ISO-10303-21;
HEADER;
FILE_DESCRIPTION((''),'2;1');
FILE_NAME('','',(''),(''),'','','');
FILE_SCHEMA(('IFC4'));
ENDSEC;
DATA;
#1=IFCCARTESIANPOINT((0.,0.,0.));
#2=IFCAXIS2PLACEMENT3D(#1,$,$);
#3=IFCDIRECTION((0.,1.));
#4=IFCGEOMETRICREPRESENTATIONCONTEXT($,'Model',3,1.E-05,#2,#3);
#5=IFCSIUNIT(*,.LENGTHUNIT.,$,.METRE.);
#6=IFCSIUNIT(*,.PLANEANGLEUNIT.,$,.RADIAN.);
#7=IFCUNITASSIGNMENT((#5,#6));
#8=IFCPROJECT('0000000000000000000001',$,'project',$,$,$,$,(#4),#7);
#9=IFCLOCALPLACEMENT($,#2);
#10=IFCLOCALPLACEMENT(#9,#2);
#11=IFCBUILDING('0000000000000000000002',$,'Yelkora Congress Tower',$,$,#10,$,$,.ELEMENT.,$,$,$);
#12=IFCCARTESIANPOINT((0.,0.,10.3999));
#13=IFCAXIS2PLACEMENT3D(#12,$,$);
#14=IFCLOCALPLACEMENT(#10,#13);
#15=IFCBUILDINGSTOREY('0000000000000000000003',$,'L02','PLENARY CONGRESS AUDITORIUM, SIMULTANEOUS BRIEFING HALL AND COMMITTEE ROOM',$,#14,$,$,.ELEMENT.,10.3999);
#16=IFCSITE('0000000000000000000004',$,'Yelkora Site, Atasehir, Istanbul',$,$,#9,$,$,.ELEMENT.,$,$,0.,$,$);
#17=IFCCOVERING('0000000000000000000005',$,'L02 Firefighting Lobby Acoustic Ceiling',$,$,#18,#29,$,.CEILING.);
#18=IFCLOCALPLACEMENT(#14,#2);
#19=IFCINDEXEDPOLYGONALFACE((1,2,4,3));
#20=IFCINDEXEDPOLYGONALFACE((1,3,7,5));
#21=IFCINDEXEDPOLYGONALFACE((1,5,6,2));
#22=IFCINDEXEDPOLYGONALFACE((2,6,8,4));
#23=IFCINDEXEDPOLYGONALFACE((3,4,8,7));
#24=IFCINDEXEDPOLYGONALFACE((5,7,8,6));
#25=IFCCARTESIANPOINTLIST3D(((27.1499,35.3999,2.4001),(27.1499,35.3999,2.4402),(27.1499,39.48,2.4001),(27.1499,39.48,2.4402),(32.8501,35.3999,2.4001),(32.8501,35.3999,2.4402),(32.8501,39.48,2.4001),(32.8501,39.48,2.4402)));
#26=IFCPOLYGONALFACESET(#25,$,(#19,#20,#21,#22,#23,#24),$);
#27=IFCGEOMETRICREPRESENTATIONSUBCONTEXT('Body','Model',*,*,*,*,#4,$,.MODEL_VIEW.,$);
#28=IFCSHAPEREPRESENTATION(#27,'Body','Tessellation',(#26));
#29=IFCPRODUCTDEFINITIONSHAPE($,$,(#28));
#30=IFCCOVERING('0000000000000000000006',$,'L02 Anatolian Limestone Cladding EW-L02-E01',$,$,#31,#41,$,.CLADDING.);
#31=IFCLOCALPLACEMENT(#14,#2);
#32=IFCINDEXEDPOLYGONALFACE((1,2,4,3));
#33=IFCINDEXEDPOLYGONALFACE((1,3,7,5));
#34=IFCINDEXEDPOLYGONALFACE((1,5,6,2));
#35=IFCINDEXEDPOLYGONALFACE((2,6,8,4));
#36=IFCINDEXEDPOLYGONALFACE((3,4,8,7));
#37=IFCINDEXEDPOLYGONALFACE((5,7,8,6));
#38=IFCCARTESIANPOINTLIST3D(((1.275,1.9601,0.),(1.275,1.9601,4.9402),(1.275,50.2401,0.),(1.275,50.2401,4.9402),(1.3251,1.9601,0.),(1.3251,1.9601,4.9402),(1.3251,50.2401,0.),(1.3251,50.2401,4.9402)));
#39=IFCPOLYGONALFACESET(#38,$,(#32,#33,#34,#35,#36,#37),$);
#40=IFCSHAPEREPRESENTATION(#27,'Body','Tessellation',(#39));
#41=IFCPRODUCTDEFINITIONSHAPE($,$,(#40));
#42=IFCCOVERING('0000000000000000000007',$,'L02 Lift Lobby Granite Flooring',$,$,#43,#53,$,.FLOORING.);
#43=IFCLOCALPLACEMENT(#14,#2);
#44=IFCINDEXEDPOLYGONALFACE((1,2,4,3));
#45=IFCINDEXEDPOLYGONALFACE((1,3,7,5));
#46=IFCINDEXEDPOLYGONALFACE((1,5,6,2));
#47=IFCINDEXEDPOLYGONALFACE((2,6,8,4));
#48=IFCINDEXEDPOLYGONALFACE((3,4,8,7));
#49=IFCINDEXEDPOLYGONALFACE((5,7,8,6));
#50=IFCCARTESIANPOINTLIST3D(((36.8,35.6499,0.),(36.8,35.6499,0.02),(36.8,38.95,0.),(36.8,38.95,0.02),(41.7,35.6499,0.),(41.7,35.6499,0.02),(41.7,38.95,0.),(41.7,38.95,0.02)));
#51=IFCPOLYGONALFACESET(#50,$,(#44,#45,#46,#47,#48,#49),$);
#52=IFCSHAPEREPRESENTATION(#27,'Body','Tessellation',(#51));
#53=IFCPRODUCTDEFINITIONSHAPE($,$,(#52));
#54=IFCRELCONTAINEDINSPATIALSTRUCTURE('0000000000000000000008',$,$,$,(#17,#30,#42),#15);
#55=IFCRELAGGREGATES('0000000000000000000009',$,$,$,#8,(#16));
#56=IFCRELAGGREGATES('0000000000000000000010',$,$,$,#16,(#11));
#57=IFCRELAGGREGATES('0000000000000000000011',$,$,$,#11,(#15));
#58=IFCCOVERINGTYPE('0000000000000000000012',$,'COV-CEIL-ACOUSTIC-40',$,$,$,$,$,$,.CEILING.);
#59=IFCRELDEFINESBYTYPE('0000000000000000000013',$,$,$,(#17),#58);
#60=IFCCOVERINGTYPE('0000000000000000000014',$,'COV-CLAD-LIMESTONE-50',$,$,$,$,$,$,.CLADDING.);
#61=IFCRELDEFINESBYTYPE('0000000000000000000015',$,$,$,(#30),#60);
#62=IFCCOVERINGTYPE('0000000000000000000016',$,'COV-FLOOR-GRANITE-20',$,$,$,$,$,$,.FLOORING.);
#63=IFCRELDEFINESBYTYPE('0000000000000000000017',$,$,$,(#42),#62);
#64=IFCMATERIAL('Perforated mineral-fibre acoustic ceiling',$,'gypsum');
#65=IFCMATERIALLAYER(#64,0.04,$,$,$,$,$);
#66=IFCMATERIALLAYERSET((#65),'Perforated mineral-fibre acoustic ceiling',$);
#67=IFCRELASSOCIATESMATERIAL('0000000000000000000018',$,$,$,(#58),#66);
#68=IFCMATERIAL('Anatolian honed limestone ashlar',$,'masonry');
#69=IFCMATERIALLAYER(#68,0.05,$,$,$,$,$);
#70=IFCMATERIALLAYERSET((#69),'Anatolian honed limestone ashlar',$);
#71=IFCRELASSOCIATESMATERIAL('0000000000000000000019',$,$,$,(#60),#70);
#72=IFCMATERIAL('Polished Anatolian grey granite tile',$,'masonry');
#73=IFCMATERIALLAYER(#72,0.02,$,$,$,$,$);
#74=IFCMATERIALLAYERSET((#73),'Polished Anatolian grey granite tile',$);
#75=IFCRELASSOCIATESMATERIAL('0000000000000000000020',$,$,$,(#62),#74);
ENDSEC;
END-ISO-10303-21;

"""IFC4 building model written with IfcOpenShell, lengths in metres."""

from ifc_helpers import new_model, si_unit, direction, frame, frame_2d, origin, place, context, subcontext, project, spatial, polyline, rectangle, outline, extrude, material, layer, layer_set, type_object, element, save


model = new_model("IFC4")

# Units and contexts
model_context = context("Model", 3, precision=1e-05, world=origin(), true_north=direction((0.0, 1.0)))
body_context = subcontext(model_context, "Body", "Model", "MODEL_VIEW")
ifc_project = project(units=[si_unit("LENGTHUNIT", "METRE"), si_unit("PLANEANGLEUNIT", "RADIAN")], contexts=[model_context])

# Site, building, storey
site_placement = place(None, origin())
site = spatial("IfcSite", under=ifc_project, at=site_placement, Name="Yelkora Site, Atasehir, Istanbul", CompositionType="ELEMENT", RefElevation=0.0)
building_placement = place(site_placement, origin())
building = spatial("IfcBuilding", under=site, at=building_placement, Name="Yelkora Congress Tower", CompositionType="ELEMENT")
storey_placement = place(building_placement, frame((0.0, 0.0, 10.3999)))
storey = spatial("IfcBuildingStorey", under=building, at=storey_placement, Name="L02", Description="PLENARY CONGRESS AUDITORIUM, SIMULTANEOUS BRIEFING HALL AND COMMITTEE ROOM", CompositionType="ELEMENT", Elevation=10.3999)

# Coverings
ifc_material_1 = material(Name="Perforated mineral-fibre acoustic ceiling", Category="gypsum")
ifc_layer_1 = layer(ifc_material_1, 0.04)
ifc_layer_set_1 = layer_set([ifc_layer_1], Name="Perforated mineral-fibre acoustic ceiling")
covering_type_1 = type_object("IfcCoveringType", Name="COV-CEIL-ACOUSTIC-40", PredefinedType="CEILING", material=ifc_layer_set_1)
covering_1_placement = place(storey_placement, frame((0.0, 0.0, 2.4001)))
element("IfcCovering", 1, at=covering_1_placement, inside=storey, type_object=covering_type_1, Name="L02 Firefighting Lobby Acoustic Ceiling", PredefinedType="CEILING", context=body_context, shape_type="SweptSolid", body=[
    extrude(outline(polyline([(27.1499, 35.3999), (32.8501, 35.3999), (32.8501, 39.48), (27.1499, 39.48), (27.1499, 35.3999)])), origin(), (0.0, 0.0, 1.0), 0.04),
])
ifc_material_2 = material(Name="Anatolian honed limestone ashlar", Category="masonry")
ifc_layer_2 = layer(ifc_material_2, 0.05)
ifc_layer_set_2 = layer_set([ifc_layer_2], Name="Anatolian honed limestone ashlar")
covering_type_2 = type_object("IfcCoveringType", Name="COV-CLAD-LIMESTONE-50", PredefinedType="CLADDING", material=ifc_layer_set_2)
covering_2_placement = place(storey_placement, frame((1.3, 1.96, 0.0), z_axis=(0.0, 0.0, 1.0), x_axis=(0.0, 1.0, 0.0)))
element("IfcCovering", 2, at=covering_2_placement, inside=storey, type_object=covering_type_2, Name="L02 Anatolian Limestone Cladding EW-L02-E01", PredefinedType="CLADDING", context=body_context, shape_type="SweptSolid", body=[
    extrude(rectangle(XDim=48.28, YDim=0.05, at=frame_2d((24.1401, 0.0))), origin(), (0.0, 0.0, 1.0), 4.9402),
])
ifc_material_3 = material(Name="Polished Anatolian grey granite tile", Category="masonry")
ifc_layer_3 = layer(ifc_material_3, 0.02)
ifc_layer_set_3 = layer_set([ifc_layer_3], Name="Polished Anatolian grey granite tile")
covering_type_3 = type_object("IfcCoveringType", Name="COV-FLOOR-GRANITE-20", PredefinedType="FLOORING", material=ifc_layer_set_3)
covering_3_placement = place(storey_placement, origin())
element("IfcCovering", 3, at=covering_3_placement, inside=storey, type_object=covering_type_3, Name="L02 Lift Lobby Granite Flooring", PredefinedType="FLOORING", context=body_context, shape_type="SweptSolid", body=[
    extrude(outline(polyline([(36.8, 35.6499), (41.7, 35.6499), (41.7, 38.95), (36.8, 38.95), (36.8, 35.6499)])), origin(), (0.0, 0.0, 1.0), 0.02),
])

save(model, "model.ifc")
